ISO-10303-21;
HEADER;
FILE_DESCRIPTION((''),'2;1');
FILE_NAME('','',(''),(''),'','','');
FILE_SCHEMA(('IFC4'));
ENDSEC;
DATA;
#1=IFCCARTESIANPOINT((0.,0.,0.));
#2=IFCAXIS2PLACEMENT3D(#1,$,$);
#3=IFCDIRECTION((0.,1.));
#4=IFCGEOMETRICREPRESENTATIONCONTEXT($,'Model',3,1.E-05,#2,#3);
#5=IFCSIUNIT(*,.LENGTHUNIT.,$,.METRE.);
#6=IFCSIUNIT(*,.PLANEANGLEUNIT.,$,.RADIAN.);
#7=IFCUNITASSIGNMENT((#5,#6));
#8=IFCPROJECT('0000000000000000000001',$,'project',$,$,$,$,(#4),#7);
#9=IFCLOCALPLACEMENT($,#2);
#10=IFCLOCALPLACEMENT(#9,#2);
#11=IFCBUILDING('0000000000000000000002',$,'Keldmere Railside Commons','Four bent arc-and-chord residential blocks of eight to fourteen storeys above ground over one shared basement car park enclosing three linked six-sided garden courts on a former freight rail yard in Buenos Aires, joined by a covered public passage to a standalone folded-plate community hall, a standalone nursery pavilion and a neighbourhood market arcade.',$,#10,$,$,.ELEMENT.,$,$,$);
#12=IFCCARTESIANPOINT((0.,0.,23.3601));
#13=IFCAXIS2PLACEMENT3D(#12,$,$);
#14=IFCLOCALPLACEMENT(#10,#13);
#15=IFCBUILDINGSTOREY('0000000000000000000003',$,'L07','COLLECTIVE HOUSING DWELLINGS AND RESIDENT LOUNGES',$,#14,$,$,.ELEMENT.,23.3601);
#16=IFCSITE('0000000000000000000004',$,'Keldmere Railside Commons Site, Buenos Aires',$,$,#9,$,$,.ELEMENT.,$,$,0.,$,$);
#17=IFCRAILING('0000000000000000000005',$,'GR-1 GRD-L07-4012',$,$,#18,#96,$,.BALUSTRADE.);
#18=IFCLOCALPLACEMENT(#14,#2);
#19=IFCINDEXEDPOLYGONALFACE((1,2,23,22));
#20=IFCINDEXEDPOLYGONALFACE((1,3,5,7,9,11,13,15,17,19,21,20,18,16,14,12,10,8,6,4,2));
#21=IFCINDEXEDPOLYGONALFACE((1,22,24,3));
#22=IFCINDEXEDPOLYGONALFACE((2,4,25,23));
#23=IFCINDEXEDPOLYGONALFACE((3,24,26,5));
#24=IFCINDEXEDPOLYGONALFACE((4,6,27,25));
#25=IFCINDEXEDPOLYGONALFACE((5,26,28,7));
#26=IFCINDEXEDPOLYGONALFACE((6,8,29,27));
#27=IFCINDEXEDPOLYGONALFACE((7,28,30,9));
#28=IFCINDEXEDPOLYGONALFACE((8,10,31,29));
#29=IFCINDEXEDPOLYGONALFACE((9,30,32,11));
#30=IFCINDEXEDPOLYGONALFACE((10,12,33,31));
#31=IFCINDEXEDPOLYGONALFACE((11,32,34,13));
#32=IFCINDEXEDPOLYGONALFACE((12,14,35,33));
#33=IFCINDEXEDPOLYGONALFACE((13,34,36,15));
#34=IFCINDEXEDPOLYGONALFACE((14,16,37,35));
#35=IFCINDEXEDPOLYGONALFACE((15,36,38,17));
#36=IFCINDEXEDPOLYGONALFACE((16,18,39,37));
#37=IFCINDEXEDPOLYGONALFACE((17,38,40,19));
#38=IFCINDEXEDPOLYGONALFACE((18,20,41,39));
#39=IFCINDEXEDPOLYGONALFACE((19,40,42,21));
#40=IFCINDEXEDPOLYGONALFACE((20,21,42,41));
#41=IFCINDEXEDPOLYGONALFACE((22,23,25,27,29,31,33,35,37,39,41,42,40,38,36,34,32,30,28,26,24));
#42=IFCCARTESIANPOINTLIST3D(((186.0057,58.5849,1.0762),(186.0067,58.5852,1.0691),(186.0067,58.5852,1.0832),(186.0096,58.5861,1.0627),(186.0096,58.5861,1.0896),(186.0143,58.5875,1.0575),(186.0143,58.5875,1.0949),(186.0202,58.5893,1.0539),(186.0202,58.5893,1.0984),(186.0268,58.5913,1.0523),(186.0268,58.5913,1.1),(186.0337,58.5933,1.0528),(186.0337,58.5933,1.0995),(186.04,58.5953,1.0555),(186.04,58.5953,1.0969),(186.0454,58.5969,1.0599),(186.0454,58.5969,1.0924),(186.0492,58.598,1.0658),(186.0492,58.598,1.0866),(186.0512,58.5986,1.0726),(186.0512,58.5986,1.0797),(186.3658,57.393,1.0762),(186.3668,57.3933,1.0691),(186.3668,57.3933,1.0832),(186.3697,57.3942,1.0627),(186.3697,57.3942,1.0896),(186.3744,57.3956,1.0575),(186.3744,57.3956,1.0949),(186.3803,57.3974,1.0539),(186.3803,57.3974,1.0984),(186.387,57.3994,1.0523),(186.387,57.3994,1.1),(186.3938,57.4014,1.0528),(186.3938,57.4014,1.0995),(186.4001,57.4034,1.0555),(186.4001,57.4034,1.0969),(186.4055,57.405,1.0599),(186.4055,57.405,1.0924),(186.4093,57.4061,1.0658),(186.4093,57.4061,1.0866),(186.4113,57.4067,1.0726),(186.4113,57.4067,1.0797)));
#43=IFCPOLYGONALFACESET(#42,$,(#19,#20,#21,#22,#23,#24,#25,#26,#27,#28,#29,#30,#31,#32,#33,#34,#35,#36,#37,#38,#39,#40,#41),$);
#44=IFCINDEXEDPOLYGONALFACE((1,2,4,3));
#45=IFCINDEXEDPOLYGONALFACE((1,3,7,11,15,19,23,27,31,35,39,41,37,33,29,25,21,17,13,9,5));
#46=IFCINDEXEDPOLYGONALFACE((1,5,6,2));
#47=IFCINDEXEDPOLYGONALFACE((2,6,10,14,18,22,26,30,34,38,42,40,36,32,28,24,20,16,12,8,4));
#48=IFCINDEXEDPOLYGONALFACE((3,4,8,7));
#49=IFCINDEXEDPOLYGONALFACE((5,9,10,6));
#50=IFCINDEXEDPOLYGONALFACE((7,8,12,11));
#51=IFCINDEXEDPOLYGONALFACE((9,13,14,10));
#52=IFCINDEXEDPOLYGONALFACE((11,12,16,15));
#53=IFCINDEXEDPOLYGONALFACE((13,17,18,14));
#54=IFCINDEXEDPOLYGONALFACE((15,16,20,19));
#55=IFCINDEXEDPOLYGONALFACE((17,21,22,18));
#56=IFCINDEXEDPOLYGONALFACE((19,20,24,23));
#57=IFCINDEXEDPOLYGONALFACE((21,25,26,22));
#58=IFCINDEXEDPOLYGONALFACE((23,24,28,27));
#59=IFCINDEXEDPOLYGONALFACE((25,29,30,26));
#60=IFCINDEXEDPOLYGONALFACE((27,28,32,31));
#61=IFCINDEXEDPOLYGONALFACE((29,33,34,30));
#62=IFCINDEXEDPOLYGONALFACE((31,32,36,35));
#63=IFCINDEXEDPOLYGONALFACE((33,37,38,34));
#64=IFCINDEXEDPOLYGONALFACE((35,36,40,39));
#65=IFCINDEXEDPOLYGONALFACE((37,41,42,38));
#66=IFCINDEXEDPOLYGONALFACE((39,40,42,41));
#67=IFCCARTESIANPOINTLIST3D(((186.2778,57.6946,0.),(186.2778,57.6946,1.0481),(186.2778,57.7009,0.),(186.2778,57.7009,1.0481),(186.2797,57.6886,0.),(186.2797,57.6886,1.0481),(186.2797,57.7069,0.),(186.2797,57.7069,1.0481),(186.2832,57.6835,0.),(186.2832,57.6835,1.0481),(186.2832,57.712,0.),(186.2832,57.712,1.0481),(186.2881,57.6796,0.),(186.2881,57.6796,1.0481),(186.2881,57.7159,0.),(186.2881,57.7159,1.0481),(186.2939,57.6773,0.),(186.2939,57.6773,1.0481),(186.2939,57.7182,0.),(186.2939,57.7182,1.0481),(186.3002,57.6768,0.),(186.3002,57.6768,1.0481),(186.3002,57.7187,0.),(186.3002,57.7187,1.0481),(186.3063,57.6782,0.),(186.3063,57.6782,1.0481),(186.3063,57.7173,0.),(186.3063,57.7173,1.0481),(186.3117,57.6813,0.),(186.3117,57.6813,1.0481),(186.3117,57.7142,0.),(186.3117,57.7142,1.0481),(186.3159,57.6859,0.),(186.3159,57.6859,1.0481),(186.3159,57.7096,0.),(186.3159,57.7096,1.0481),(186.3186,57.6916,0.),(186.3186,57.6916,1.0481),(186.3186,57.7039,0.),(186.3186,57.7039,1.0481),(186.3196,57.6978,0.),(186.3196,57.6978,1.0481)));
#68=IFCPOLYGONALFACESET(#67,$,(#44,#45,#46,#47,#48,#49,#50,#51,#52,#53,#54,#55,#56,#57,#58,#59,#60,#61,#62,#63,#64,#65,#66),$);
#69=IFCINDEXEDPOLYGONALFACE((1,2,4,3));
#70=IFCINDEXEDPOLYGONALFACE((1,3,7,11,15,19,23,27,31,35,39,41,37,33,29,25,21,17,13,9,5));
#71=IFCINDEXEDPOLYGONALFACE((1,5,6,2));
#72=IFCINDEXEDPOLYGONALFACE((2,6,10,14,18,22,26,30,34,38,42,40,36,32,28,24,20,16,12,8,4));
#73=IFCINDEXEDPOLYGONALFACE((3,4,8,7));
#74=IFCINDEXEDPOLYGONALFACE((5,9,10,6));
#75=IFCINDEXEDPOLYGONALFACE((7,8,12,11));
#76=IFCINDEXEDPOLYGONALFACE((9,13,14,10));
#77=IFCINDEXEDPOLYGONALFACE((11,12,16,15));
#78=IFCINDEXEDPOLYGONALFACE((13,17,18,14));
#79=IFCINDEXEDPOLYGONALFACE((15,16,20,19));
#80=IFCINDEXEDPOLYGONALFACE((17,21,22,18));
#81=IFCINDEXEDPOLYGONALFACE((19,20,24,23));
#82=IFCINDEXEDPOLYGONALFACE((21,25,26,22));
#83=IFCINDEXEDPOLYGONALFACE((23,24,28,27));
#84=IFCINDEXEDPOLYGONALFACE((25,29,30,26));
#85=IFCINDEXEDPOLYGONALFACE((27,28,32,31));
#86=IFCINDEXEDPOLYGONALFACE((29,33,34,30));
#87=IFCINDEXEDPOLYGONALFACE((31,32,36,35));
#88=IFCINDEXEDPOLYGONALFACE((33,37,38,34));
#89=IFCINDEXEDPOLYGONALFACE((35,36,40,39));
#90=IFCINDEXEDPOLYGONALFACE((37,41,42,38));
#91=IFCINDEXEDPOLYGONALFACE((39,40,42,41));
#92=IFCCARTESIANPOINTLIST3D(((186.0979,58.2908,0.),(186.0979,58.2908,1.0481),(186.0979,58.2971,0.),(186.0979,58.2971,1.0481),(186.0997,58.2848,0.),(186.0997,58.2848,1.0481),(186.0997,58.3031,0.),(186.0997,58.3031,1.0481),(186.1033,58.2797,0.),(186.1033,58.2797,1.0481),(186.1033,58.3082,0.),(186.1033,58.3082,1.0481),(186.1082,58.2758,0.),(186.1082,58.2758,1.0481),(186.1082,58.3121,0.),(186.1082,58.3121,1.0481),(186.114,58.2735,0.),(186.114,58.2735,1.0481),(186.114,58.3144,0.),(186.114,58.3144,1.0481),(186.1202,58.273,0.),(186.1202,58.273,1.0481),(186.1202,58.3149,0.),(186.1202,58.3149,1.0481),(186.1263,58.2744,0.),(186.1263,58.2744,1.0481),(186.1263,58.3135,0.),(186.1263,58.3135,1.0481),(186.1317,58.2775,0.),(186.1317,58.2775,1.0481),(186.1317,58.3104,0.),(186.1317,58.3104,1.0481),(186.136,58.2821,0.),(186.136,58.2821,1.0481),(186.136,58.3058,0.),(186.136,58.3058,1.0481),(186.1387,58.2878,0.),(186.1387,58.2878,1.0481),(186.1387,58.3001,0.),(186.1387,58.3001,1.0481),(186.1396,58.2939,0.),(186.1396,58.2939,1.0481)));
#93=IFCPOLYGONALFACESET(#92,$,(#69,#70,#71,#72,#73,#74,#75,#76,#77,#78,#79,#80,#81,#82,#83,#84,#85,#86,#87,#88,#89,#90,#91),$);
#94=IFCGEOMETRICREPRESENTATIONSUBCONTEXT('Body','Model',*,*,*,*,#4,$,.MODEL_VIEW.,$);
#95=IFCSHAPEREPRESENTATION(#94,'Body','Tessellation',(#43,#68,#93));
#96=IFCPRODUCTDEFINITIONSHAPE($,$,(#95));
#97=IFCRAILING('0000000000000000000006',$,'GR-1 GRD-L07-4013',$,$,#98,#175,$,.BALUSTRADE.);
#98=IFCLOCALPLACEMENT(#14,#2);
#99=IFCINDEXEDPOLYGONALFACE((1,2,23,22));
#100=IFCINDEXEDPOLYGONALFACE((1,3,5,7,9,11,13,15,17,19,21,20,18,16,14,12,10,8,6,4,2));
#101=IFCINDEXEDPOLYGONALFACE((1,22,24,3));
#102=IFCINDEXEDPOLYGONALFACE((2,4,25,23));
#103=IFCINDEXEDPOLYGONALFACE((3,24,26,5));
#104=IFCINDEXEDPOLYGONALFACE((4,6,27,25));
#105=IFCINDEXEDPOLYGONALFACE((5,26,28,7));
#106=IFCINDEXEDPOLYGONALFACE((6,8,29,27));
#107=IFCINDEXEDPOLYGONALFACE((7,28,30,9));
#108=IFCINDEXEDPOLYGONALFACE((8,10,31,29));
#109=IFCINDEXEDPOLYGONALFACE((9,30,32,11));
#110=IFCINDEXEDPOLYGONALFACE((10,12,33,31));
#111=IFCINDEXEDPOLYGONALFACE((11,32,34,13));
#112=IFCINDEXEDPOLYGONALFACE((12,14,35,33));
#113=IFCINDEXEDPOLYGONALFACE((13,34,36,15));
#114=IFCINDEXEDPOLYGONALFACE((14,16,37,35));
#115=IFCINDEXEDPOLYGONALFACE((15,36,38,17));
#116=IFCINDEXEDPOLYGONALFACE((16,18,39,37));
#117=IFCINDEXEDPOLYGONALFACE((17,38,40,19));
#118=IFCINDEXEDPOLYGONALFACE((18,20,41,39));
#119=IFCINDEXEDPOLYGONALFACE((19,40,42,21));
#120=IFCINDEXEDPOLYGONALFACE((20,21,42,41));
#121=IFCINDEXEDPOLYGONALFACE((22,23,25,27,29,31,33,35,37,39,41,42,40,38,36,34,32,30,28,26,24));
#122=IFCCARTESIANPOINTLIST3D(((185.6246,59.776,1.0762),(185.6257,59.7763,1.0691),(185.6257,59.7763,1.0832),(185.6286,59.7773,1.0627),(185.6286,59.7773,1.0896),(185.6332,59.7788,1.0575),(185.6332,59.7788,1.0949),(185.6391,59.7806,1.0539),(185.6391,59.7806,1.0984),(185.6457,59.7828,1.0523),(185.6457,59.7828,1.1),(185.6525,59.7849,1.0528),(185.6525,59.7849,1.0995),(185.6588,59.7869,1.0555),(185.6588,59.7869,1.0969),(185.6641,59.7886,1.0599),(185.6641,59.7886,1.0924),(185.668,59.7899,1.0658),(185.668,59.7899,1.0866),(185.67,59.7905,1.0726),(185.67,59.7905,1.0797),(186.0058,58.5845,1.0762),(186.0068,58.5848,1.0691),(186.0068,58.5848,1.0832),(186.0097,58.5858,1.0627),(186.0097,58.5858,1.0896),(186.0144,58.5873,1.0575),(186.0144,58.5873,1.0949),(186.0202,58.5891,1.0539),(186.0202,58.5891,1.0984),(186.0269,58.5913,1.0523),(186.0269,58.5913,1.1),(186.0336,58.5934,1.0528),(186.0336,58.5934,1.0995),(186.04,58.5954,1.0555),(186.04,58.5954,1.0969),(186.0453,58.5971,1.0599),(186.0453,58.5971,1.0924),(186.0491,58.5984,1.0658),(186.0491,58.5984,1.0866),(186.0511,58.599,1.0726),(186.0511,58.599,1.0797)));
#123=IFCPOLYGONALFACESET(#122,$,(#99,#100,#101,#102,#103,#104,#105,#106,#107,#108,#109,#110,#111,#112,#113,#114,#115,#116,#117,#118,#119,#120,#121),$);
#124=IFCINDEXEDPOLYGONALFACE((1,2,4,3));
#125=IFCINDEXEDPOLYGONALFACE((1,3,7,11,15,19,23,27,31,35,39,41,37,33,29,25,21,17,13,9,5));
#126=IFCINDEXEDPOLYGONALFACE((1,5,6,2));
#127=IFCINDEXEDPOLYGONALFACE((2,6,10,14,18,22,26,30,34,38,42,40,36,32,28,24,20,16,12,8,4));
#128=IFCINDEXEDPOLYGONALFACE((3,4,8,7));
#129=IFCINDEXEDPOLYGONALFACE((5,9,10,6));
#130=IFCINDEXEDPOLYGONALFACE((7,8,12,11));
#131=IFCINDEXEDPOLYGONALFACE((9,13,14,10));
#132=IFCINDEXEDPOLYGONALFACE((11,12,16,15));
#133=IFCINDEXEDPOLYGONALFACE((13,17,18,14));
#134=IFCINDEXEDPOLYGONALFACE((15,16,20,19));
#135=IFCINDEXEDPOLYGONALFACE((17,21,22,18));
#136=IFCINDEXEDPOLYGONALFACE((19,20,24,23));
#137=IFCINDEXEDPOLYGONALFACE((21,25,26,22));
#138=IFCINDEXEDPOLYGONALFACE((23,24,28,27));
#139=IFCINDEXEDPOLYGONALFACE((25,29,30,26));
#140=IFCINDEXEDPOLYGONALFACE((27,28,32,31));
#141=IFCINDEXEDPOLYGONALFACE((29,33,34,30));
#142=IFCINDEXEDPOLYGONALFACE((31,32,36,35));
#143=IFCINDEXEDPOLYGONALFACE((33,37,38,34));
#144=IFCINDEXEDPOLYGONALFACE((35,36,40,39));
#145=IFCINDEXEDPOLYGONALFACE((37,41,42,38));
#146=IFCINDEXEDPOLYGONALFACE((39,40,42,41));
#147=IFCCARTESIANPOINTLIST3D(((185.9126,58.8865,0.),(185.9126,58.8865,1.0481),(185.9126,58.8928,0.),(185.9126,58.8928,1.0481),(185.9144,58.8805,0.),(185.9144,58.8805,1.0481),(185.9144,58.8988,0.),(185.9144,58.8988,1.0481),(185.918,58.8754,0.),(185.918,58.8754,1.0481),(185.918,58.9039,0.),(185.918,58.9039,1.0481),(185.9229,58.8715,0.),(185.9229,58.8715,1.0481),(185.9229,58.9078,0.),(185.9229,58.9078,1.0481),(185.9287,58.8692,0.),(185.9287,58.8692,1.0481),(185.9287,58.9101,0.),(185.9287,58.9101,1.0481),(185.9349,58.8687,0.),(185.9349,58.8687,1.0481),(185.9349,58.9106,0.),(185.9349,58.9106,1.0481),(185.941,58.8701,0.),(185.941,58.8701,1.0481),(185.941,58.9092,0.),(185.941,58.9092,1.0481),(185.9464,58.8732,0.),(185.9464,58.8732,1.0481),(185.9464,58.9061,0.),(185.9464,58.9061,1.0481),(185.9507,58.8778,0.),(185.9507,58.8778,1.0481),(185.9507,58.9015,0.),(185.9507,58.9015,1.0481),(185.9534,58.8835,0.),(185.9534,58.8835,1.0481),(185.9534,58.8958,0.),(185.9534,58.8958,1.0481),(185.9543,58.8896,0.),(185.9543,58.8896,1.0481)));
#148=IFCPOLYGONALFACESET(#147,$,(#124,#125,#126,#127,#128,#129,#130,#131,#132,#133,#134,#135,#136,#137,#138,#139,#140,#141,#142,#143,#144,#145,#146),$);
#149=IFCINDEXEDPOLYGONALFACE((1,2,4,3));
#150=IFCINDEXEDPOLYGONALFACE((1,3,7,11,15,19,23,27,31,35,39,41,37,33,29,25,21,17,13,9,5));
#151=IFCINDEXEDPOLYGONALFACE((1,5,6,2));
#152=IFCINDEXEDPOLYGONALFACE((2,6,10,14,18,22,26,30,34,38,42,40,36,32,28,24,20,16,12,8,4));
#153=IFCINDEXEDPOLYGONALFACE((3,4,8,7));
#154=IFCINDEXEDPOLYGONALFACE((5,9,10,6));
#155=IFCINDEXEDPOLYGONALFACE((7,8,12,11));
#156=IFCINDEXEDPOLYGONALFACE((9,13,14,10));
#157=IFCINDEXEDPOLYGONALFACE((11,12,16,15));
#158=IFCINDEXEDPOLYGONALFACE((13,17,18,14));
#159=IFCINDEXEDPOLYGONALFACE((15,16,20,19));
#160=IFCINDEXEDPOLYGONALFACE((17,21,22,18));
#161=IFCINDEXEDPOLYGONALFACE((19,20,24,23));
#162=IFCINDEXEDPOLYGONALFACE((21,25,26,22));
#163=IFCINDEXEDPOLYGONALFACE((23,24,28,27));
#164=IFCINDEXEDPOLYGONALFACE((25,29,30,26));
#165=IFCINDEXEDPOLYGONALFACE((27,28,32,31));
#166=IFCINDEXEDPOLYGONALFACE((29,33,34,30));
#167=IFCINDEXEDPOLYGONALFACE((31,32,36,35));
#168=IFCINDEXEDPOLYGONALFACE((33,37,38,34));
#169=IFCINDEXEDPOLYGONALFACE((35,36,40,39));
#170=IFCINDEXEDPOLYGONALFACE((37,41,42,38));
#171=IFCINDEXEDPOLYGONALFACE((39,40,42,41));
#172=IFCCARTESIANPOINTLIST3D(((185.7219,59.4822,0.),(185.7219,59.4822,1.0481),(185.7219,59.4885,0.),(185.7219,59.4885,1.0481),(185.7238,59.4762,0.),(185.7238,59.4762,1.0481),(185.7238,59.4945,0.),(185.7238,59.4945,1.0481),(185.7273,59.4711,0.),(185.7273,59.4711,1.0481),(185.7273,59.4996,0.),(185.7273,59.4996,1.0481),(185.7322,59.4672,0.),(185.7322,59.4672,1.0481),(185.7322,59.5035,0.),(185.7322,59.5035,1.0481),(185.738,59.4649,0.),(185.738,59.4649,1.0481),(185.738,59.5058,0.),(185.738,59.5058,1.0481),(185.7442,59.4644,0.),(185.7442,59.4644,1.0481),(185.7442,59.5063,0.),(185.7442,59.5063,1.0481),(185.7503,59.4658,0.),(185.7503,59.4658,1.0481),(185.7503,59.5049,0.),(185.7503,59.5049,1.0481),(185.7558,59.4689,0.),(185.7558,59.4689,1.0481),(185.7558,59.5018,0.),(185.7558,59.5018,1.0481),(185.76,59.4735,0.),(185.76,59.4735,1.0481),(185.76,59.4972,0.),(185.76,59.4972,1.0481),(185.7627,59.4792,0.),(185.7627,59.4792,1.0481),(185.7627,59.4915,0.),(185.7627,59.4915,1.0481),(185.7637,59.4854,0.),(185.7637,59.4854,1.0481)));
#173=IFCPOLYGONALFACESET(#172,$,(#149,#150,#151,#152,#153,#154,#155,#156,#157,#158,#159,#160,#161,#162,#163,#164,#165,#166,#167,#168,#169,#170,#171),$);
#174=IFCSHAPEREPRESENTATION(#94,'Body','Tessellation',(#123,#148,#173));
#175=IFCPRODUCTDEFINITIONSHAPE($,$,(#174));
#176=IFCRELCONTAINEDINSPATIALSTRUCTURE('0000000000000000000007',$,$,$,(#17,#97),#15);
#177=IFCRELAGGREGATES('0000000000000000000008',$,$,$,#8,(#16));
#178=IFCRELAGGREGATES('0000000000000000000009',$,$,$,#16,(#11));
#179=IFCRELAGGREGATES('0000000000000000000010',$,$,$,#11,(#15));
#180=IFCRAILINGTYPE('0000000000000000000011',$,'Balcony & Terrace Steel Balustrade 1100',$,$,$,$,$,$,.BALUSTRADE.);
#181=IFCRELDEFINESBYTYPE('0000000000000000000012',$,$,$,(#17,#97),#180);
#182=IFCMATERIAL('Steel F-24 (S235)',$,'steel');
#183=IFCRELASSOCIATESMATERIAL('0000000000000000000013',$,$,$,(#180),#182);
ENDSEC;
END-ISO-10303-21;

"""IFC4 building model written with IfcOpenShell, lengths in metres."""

from ifc_helpers import new_model, si_unit, direction, frame, origin, origin_2d, place, context, subcontext, project, spatial, circle, extrude, material, type_object, element, save


model = new_model("IFC4")

# Units and contexts
model_context = context("Model", 3, precision=1e-05, world=origin(), true_north=direction((0.0, 1.0)))
body_context = subcontext(model_context, "Body", "Model", "MODEL_VIEW")
ifc_project = project(units=[si_unit("LENGTHUNIT", "METRE"), si_unit("PLANEANGLEUNIT", "RADIAN")], contexts=[model_context])

# Site, building, storey
site_placement = place(None, origin())
site = spatial("IfcSite", under=ifc_project, at=site_placement, Name="Keldmere Railside Commons Site, Buenos Aires", CompositionType="ELEMENT", RefElevation=0.0)
building_placement = place(site_placement, origin())
building = spatial("IfcBuilding", under=site, at=building_placement, Name="Keldmere Railside Commons", Description="Four bent arc-and-chord residential blocks of eight to fourteen storeys above ground over one shared basement car park enclosing three linked six-sided garden courts on a former freight rail yard in Buenos Aires, joined by a covered public passage to a standalone folded-plate community hall, a standalone nursery pavilion and a neighbourhood market arcade.", CompositionType="ELEMENT")
storey_placement = place(building_placement, frame((0.0, 0.0, 23.3601)))
storey = spatial("IfcBuildingStorey", under=building, at=storey_placement, Name="L07", Description="COLLECTIVE HOUSING DWELLINGS AND RESIDENT LOUNGES", CompositionType="ELEMENT", Elevation=23.3601)

# Railings
ifc_material_1 = material(Name="Steel F-24 (S235)", Category="steel")
railing_type = type_object("IfcRailingType", Name="Balcony & Terrace Steel Balustrade 1100", PredefinedType="BALUSTRADE", material=ifc_material_1)
railing_1_placement = place(storey_placement, frame((186.3887, 57.3999, 0.0)))
element("IfcRailing", 1, at=railing_1_placement, inside=storey, type_object=railing_type, Name="GR-1 GRD-L07-4012", PredefinedType="BALUSTRADE", context=body_context, shape_type="SweptSolid", body=[
    extrude(circle(Radius=0.0239, at=origin_2d()), frame((0.0, 0.0, 1.0762), z_axis=(-0.289218, 0.957263, 0.0), x_axis=(-0.957263, -0.289218, 0.0)), (0.0, 0.0, 1.0), 1.2451),
    extrude(circle(Radius=0.021, at=origin_2d()), frame((-0.0901, 0.2979, 0.0)), (0.0, 0.0, 1.0), 1.0481),
    extrude(circle(Radius=0.021, at=origin_2d()), frame((-0.27, 0.894, 0.0)), (0.0, 0.0, 1.0), 1.0481),
])
railing_2_placement = place(storey_placement, frame((186.0286, 58.5918, 0.0)))
element("IfcRailing", 2, at=railing_2_placement, inside=storey, type_object=railing_type, Name="GR-1 GRD-L07-4013", PredefinedType="BALUSTRADE", context=body_context, shape_type="SweptSolid", body=[
    extrude(circle(Radius=0.0239, at=origin_2d()), frame((0.0, 0.0, 1.0762), z_axis=(-0.304669, 0.952458, 0.0), x_axis=(-0.952458, -0.304669, 0.0)), (0.0, 0.0, 1.0), 1.251),
    extrude(circle(Radius=0.021, at=origin_2d()), frame((-0.0952, 0.2979, 0.0)), (0.0, 0.0, 1.0), 1.0481),
    extrude(circle(Radius=0.021, at=origin_2d()), frame((-0.2859, 0.8936, 0.0)), (0.0, 0.0, 1.0), 1.0481),
])

save(model, "model.ifc")
